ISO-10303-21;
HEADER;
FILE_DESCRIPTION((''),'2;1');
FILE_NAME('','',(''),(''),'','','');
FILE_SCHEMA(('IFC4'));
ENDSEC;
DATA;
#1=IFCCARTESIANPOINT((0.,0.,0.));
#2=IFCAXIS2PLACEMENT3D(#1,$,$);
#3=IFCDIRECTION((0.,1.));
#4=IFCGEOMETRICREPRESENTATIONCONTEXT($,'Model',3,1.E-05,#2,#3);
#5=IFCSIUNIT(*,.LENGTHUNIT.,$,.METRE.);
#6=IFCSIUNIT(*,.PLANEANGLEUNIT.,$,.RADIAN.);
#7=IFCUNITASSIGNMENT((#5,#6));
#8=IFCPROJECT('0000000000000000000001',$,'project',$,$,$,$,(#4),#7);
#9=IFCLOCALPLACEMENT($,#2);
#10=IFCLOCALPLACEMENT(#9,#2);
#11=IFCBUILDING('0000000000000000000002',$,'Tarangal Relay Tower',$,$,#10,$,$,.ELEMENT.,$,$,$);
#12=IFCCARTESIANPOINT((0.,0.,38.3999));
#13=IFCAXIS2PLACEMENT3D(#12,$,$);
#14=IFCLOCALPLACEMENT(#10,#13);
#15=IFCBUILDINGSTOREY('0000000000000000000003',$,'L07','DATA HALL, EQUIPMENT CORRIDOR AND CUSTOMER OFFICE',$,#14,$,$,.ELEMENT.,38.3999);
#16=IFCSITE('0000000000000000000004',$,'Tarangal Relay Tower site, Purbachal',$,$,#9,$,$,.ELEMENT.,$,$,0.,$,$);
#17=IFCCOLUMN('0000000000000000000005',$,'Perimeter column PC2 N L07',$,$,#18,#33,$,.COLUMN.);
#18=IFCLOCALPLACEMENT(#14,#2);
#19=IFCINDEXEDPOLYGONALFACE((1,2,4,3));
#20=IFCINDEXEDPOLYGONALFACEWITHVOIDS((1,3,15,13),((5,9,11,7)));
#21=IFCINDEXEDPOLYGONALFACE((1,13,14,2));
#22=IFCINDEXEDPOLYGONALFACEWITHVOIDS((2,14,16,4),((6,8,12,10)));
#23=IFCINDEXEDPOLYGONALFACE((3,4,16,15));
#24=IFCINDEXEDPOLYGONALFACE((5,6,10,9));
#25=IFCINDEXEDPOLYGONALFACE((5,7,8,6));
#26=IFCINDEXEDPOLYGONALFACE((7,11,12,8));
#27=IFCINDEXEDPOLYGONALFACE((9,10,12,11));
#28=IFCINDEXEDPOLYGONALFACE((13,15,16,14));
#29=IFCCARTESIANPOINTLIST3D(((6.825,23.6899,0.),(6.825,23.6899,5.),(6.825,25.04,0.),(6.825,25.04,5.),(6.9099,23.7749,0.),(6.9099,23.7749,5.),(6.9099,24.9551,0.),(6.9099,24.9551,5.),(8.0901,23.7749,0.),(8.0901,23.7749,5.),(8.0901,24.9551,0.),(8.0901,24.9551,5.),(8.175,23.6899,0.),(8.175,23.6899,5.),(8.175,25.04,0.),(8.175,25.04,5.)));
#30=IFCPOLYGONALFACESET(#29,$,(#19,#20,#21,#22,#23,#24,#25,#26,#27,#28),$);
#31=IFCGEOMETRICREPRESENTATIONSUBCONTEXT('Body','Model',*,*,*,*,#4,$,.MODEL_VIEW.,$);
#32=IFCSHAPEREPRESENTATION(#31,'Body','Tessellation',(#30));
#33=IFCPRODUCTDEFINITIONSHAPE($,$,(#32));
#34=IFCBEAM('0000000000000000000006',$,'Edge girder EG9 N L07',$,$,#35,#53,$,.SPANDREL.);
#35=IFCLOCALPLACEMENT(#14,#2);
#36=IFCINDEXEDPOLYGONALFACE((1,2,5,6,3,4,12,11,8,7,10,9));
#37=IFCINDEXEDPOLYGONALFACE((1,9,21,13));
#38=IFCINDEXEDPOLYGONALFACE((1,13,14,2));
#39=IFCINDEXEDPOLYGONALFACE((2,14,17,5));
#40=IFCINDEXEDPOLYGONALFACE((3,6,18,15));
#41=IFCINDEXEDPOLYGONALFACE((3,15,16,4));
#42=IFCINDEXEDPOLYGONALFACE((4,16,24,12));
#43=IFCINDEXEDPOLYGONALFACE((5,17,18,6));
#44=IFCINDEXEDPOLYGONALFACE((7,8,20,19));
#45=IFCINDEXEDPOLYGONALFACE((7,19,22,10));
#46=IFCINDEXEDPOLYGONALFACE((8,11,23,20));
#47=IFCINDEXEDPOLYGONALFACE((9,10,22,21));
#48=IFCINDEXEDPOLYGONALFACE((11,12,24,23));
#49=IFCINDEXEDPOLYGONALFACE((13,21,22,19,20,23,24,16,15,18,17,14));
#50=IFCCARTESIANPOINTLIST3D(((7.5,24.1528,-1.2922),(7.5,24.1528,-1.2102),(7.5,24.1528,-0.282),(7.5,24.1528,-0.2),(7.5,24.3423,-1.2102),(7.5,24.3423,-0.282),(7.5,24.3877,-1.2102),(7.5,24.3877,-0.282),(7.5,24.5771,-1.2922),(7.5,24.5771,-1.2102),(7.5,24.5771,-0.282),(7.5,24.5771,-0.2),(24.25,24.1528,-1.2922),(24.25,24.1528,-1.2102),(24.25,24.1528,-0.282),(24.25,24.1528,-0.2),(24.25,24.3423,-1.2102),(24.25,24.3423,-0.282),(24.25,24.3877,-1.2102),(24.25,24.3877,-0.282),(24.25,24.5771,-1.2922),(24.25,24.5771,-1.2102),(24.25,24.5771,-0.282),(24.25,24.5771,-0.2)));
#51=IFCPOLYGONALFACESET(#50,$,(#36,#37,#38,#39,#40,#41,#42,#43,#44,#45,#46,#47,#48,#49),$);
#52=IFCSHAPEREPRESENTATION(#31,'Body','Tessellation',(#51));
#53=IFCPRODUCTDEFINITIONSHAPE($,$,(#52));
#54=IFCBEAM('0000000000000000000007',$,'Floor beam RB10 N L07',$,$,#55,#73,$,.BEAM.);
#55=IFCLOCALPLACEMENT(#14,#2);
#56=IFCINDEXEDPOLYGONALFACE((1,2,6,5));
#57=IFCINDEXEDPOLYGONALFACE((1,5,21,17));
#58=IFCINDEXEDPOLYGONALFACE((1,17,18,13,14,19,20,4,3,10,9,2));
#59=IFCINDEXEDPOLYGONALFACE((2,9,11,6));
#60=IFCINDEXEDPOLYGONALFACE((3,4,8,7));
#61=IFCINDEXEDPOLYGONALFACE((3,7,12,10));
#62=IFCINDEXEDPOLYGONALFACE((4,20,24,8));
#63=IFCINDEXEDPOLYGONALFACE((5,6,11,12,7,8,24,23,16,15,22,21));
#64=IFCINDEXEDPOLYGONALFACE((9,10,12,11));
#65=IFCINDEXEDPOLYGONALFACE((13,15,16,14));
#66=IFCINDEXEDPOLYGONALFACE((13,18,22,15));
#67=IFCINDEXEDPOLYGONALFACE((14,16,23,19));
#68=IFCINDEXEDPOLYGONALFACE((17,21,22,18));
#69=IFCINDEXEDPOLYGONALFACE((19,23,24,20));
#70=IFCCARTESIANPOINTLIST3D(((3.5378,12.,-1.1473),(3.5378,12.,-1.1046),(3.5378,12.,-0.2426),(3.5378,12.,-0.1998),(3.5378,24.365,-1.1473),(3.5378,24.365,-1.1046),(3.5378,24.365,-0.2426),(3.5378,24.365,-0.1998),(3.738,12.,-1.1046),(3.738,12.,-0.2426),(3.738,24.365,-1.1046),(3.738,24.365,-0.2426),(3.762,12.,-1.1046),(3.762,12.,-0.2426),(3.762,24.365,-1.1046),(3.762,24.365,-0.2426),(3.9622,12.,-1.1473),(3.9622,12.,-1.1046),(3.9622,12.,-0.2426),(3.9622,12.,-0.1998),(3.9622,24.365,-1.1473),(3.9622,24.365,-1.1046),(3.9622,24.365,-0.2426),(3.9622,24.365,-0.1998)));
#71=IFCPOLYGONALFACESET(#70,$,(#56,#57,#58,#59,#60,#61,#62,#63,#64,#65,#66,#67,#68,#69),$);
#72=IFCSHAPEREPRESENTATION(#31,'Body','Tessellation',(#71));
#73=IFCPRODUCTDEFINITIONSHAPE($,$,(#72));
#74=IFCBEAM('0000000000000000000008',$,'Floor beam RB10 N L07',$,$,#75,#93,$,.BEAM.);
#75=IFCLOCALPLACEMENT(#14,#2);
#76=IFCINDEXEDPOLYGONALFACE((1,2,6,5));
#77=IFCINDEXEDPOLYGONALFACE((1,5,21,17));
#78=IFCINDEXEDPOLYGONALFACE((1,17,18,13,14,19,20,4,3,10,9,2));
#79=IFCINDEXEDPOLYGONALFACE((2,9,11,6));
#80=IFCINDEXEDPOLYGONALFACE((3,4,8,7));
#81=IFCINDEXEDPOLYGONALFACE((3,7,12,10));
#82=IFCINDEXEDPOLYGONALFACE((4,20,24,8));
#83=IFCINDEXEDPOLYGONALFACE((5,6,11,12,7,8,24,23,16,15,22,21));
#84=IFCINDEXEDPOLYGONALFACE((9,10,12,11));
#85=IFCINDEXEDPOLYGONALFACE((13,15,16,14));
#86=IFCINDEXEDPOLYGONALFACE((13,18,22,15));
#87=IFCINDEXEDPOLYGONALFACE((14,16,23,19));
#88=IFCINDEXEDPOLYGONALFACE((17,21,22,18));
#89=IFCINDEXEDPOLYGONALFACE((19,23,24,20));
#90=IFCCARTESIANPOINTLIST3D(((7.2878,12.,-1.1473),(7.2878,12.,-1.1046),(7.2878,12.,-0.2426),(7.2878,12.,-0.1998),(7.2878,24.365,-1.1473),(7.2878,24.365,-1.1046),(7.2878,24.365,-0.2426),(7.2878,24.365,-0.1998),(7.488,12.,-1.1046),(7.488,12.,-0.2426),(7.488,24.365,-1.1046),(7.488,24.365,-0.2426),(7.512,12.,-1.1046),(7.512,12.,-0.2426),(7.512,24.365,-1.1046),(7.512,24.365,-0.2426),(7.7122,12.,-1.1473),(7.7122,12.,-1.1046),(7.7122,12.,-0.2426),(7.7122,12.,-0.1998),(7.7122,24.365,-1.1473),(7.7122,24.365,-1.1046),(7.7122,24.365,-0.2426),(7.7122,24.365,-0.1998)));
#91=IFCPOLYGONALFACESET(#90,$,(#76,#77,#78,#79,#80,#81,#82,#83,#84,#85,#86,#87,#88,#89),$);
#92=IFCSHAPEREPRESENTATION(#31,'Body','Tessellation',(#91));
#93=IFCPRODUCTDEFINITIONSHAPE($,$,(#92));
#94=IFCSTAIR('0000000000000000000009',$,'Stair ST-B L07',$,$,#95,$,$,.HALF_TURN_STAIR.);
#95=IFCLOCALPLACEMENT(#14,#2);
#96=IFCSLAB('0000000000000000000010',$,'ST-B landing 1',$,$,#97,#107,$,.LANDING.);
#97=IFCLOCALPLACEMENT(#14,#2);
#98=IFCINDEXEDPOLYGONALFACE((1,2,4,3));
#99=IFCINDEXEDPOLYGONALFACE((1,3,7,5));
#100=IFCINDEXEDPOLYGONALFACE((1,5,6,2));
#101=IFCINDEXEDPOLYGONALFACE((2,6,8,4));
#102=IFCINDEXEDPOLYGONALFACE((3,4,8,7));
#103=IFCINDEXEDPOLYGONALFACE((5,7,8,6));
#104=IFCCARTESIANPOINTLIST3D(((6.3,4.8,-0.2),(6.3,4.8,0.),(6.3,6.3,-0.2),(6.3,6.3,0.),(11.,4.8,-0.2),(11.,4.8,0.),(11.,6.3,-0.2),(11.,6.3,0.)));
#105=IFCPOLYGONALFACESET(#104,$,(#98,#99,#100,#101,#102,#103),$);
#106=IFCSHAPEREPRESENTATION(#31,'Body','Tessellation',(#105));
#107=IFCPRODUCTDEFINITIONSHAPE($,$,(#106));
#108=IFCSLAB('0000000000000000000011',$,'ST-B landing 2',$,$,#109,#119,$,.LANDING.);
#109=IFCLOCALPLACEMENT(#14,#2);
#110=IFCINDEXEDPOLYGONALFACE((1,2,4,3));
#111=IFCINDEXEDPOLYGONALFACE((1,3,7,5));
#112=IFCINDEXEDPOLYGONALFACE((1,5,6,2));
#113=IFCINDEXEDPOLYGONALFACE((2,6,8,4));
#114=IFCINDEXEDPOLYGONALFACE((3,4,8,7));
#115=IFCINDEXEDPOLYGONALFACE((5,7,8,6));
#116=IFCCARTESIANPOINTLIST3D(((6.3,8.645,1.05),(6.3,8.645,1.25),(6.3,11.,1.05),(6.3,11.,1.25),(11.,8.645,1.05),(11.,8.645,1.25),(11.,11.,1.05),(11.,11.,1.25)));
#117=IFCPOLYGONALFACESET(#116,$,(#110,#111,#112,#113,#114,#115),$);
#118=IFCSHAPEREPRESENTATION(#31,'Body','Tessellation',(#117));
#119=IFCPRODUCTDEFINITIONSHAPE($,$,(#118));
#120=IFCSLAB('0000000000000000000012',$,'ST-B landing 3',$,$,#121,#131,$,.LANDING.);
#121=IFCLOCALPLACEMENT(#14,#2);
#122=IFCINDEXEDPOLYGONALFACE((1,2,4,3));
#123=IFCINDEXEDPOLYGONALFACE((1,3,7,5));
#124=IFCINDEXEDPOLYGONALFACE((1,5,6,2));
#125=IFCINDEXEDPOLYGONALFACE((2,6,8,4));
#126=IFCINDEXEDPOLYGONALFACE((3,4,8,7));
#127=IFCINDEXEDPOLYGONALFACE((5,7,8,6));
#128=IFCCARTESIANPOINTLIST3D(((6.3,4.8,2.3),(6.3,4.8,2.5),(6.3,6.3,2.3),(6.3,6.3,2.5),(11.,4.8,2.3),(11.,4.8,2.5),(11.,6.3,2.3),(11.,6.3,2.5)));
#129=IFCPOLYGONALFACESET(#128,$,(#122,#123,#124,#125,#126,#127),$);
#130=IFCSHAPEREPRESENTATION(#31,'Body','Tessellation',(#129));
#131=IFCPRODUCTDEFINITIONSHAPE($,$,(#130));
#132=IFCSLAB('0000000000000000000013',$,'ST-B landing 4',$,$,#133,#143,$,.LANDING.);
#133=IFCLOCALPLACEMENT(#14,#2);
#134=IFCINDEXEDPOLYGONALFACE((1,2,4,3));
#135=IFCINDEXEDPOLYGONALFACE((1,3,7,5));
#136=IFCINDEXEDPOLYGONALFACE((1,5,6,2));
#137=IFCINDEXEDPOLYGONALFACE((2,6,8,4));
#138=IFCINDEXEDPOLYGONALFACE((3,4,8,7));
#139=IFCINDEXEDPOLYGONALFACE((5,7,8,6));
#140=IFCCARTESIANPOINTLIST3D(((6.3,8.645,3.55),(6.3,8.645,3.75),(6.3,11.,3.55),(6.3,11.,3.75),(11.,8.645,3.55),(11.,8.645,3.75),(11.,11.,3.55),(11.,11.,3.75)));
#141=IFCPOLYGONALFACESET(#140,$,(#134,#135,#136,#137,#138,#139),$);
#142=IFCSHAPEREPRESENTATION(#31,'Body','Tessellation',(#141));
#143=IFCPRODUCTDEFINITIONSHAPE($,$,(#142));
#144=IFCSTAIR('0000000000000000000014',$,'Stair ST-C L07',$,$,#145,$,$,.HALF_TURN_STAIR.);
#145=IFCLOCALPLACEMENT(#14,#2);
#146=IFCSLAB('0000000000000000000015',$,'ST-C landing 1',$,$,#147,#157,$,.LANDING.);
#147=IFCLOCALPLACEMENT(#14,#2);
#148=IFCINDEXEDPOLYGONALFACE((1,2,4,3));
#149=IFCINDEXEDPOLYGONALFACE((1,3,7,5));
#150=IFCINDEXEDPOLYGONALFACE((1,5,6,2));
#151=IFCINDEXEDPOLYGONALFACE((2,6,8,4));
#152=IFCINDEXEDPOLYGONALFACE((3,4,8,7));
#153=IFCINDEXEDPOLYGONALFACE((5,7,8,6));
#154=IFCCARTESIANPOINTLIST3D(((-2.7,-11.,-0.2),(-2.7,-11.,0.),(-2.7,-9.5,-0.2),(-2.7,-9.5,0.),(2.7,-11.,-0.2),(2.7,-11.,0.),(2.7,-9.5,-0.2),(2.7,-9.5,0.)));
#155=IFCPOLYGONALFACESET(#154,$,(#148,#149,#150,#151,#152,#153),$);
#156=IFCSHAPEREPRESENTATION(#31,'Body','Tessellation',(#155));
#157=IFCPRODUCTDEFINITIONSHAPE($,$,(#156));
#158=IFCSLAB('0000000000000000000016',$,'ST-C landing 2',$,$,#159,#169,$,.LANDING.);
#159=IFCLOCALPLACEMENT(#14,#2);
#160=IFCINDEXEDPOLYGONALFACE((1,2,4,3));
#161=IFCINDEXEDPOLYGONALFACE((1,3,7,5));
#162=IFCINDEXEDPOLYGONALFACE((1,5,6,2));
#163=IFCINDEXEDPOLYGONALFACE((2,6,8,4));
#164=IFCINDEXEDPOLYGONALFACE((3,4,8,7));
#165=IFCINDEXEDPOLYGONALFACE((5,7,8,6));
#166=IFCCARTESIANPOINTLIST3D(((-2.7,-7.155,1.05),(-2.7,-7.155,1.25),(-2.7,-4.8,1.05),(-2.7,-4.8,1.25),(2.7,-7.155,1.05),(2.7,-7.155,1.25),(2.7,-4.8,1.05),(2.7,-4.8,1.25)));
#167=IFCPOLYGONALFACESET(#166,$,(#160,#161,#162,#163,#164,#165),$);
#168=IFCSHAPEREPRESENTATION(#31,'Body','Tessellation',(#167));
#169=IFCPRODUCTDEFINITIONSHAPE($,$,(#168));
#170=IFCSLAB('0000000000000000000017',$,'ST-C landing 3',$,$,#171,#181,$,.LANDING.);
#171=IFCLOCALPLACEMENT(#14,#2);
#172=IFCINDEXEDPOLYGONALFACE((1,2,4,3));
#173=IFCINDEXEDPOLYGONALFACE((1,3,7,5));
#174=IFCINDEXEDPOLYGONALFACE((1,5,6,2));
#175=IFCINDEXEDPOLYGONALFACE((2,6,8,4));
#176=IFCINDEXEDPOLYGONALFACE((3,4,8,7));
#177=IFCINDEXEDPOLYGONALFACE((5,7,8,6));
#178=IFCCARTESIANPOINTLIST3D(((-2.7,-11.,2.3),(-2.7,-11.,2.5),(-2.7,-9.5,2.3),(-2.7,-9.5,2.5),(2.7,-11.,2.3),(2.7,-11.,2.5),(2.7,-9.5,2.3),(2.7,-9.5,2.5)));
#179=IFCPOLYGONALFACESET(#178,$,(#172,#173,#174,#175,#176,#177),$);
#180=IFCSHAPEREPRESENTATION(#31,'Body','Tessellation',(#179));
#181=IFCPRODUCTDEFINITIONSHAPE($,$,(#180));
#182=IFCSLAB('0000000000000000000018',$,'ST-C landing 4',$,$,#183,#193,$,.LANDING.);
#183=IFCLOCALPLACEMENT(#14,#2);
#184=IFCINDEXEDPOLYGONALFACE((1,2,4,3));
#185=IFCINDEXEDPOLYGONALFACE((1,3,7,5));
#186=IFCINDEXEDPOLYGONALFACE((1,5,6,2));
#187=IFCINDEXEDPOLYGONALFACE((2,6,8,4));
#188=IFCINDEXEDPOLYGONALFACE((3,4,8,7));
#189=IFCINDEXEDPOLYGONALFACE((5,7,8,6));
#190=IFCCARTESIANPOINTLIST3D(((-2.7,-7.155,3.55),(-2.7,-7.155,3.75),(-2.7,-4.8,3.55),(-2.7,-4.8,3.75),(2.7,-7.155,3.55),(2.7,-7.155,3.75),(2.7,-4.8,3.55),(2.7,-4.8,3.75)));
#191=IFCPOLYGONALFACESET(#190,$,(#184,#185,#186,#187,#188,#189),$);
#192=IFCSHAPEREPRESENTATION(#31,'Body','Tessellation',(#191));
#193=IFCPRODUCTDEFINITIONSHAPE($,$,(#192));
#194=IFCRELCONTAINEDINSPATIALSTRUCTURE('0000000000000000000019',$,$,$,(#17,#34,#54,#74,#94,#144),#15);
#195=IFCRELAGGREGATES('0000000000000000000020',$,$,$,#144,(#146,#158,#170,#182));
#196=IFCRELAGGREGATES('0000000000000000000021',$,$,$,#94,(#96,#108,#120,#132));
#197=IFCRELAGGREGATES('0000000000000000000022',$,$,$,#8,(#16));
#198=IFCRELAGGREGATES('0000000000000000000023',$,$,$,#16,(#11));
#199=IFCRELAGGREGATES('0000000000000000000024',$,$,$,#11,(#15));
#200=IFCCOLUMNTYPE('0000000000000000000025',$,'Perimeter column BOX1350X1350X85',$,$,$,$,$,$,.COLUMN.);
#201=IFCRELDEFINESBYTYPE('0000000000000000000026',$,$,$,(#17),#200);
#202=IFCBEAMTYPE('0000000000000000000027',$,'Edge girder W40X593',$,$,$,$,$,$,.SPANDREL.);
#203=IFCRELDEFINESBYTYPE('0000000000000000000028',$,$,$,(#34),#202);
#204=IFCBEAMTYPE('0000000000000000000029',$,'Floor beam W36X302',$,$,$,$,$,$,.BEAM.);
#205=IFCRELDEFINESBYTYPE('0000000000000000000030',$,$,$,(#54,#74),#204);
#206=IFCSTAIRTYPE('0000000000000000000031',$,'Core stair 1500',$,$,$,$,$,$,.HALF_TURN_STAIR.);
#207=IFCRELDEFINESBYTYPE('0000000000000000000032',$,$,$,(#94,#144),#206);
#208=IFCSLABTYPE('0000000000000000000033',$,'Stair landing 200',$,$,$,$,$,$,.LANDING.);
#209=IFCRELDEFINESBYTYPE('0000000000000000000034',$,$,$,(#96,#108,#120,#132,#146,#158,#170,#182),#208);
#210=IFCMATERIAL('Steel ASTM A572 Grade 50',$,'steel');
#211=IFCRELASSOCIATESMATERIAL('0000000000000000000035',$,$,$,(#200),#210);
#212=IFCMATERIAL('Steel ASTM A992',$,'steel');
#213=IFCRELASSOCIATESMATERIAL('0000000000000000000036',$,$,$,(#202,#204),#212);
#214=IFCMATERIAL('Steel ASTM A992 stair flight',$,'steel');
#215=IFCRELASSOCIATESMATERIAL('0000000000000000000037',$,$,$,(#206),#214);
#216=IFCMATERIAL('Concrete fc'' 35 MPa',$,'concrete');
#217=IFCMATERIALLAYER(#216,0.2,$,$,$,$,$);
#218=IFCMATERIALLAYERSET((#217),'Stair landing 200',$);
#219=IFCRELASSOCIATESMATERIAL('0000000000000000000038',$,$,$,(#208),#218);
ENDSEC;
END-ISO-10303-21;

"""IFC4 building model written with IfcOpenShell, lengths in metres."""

from ifc_helpers import new_model, si_unit, direction, frame, origin, origin_2d, place, context, subcontext, project, spatial, polyline, hollow_rectangle, i_section, outline, extrude, material, layer, layer_set, material_profile, profile_set, type_object, element, aggregate, save


model = new_model("IFC4")

# Units and contexts
model_context = context("Model", 3, precision=1e-05, world=origin(), true_north=direction((0.0, 1.0)))
body_context = subcontext(model_context, "Body", "Model", "MODEL_VIEW")
ifc_project = project(units=[si_unit("LENGTHUNIT", "METRE"), si_unit("PLANEANGLEUNIT", "RADIAN")], contexts=[model_context])

# Site, building, storey
site_placement = place(None, origin())
site = spatial("IfcSite", under=ifc_project, at=site_placement, Name="Tarangal Relay Tower site, Purbachal", CompositionType="ELEMENT", RefElevation=0.0)
building_placement = place(site_placement, origin())
building = spatial("IfcBuilding", under=site, at=building_placement, Name="Tarangal Relay Tower", CompositionType="ELEMENT")
storey_placement = place(building_placement, frame((0.0, 0.0, 38.3999)))
storey = spatial("IfcBuildingStorey", under=building, at=storey_placement, Name="L07", Description="DATA HALL, EQUIPMENT CORRIDOR AND CUSTOMER OFFICE", CompositionType="ELEMENT", Elevation=38.3999)

# Column
ifc_material_1 = material(Name="Steel ASTM A572 Grade 50", Category="steel")
ifc_material_profile_1 = material_profile(ifc_material_1, hollow_rectangle(XDim=1.3501, YDim=1.3501, WallThickness=0.085, at=origin_2d()), Name="BOX1350X1350X85")
ifc_profile_set_1 = profile_set([ifc_material_profile_1], Name="Steel ASTM A572 Grade 50")
column_type = type_object("IfcColumnType", Name="Perimeter column BOX1350X1350X85", PredefinedType="COLUMN", material=ifc_profile_set_1)
column_placement = place(storey_placement, frame((7.5, 24.365, 0.0), z_axis=(0.0, 0.0, 1.0), x_axis=(1.0, 0.0, 0.0)))
element("IfcColumn", 1, at=column_placement, inside=storey, type_object=column_type, Name="Perimeter column PC2 N L07", PredefinedType="COLUMN", context=body_context, shape_type="SweptSolid", body=[
    extrude(hollow_rectangle(XDim=1.3501, YDim=1.3501, WallThickness=0.085, at=origin_2d()), origin(), (0.0, 0.0, 1.0), 5.0),
])

# Beams
ifc_material_2 = material(Name="Steel ASTM A992", Category="steel")
ifc_material_profile_2 = material_profile(ifc_material_2, i_section(OverallWidth=0.4243, OverallDepth=1.0923, WebThickness=0.0454, FlangeThickness=0.082, at=origin_2d()), Name="W40X593")
ifc_profile_set_2 = profile_set([ifc_material_profile_2], Name="Steel ASTM A992")
beam_type_1 = type_object("IfcBeamType", Name="Edge girder W40X593", PredefinedType="SPANDREL", material=ifc_profile_set_2)
beam_placement = place(storey_placement, frame((7.5, 24.365, -0.7461), z_axis=(1.0, 0.0, 0.0), x_axis=(0.0, 1.0, 0.0)))
element("IfcBeam", 2, at=beam_placement, inside=storey, type_object=beam_type_1, Name="Edge girder EG9 N L07", PredefinedType="SPANDREL", context=body_context, shape_type="SweptSolid", body=[
    extrude(i_section(OverallWidth=0.4243, OverallDepth=1.0923, WebThickness=0.0454, FlangeThickness=0.082, at=origin_2d()), origin(), (0.0, 0.0, 1.0), 16.75),
])
ifc_material_profile_3 = material_profile(ifc_material_2, i_section(OverallWidth=0.4243, OverallDepth=0.9475, WebThickness=0.0239, FlangeThickness=0.0427, at=origin_2d()), Name="W36X302")
ifc_profile_set_3 = profile_set([ifc_material_profile_3], Name="Steel ASTM A992")
beam_type_2 = type_object("IfcBeamType", Name="Floor beam W36X302", PredefinedType="BEAM", material=ifc_profile_set_3)
for number, where, z_axis, x_axis, name in (
    (3, (3.75, 12.0, -0.6736), (0.0, 1.0, 0.0), (-1.0, 0.0, 0.0), "Floor beam RB10 N L07"),
    (4, (7.5, 12.0, -0.6736), (0.0, 1.0, 0.0), (-1.0, 0.0, 0.0), "Floor beam RB10 N L07"),
):
    element("IfcBeam", number, at=place(storey_placement, frame(where, z_axis=z_axis, x_axis=x_axis)), inside=storey, type_object=beam_type_2, Name=name, PredefinedType="BEAM", context=body_context, shape_type="SweptSolid", body=[
        extrude(i_section(OverallWidth=0.4243, OverallDepth=0.9475, WebThickness=0.0239, FlangeThickness=0.0427, at=origin_2d()), origin(), (0.0, 0.0, 1.0), 12.365),
    ])

# Stairs, slabs
ifc_material_3 = material(Name="Steel ASTM A992 stair flight", Category="steel")
stair_type = type_object("IfcStairType", Name="Core stair 1500", PredefinedType="HALF_TURN_STAIR", material=ifc_material_3)
stair_1_placement = place(storey_placement, origin())
stair_1 = element("IfcStair", 5, at=stair_1_placement, inside=storey, type_object=stair_type, Name="Stair ST-B L07", PredefinedType="HALF_TURN_STAIR")
ifc_material_4 = material(Name="Concrete fc' 35 MPa", Category="concrete")
ifc_layer_1 = layer(ifc_material_4, 0.2)
ifc_layer_set_1 = layer_set([ifc_layer_1], Name="Stair landing 200")
slab_type = type_object("IfcSlabType", Name="Stair landing 200", PredefinedType="LANDING", material=ifc_layer_set_1)
slab_1_placement = place(storey_placement, frame((0.0, 0.0, -0.2)))
slab_1 = element("IfcSlab", 6, at=slab_1_placement, type_object=slab_type, Name="ST-B landing 1", PredefinedType="LANDING", context=body_context, shape_type="SweptSolid", body=[
    extrude(outline(polyline([(6.3, 4.8), (11.0, 4.8), (11.0, 6.3), (6.3, 6.3), (6.3, 4.8)])), origin(), (0.0, 0.0, 1.0), 0.2),
])
slab_2_placement = place(storey_placement, frame((0.0, 0.0, 1.05)))
slab_2 = element("IfcSlab", 7, at=slab_2_placement, type_object=slab_type, Name="ST-B landing 2", PredefinedType="LANDING", context=body_context, shape_type="SweptSolid", body=[
    extrude(outline(polyline([(6.3, 8.645), (11.0, 8.645), (11.0, 11.0), (6.3, 11.0), (6.3, 8.645)])), origin(), (0.0, 0.0, 1.0), 0.2),
])
slab_3_placement = place(storey_placement, frame((0.0, 0.0, 2.3)))
slab_3 = element("IfcSlab", 8, at=slab_3_placement, type_object=slab_type, Name="ST-B landing 3", PredefinedType="LANDING", context=body_context, shape_type="SweptSolid", body=[
    extrude(outline(polyline([(6.3, 4.8), (11.0, 4.8), (11.0, 6.3), (6.3, 6.3), (6.3, 4.8)])), origin(), (0.0, 0.0, 1.0), 0.2),
])
slab_4_placement = place(storey_placement, frame((0.0, 0.0, 3.55)))
slab_4 = element("IfcSlab", 9, at=slab_4_placement, type_object=slab_type, Name="ST-B landing 4", PredefinedType="LANDING", context=body_context, shape_type="SweptSolid", body=[
    extrude(outline(polyline([(6.3, 8.645), (11.0, 8.645), (11.0, 11.0), (6.3, 11.0), (6.3, 8.645)])), origin(), (0.0, 0.0, 1.0), 0.2),
])
stair_2_placement = place(storey_placement, origin())
stair_2 = element("IfcStair", 10, at=stair_2_placement, inside=storey, type_object=stair_type, Name="Stair ST-C L07", PredefinedType="HALF_TURN_STAIR")
slab_5_placement = place(storey_placement, frame((0.0, 0.0, -0.2)))
slab_5 = element("IfcSlab", 11, at=slab_5_placement, type_object=slab_type, Name="ST-C landing 1", PredefinedType="LANDING", context=body_context, shape_type="SweptSolid", body=[
    extrude(outline(polyline([(-2.7, -11.0), (2.7, -11.0), (2.7, -9.5), (-2.7, -9.5), (-2.7, -11.0)])), origin(), (0.0, 0.0, 1.0), 0.2),
])
slab_6_placement = place(storey_placement, frame((0.0, 0.0, 1.05)))
slab_6 = element("IfcSlab", 12, at=slab_6_placement, type_object=slab_type, Name="ST-C landing 2", PredefinedType="LANDING", context=body_context, shape_type="SweptSolid", body=[
    extrude(outline(polyline([(-2.7, -7.155), (2.7, -7.155), (2.7, -4.8), (-2.7, -4.8), (-2.7, -7.155)])), origin(), (0.0, 0.0, 1.0), 0.2),
])
slab_7_placement = place(storey_placement, frame((0.0, 0.0, 2.3)))
slab_7 = element("IfcSlab", 13, at=slab_7_placement, type_object=slab_type, Name="ST-C landing 3", PredefinedType="LANDING", context=body_context, shape_type="SweptSolid", body=[
    extrude(outline(polyline([(-2.7, -11.0), (2.7, -11.0), (2.7, -9.5), (-2.7, -9.5), (-2.7, -11.0)])), origin(), (0.0, 0.0, 1.0), 0.2),
])
slab_8_placement = place(storey_placement, frame((0.0, 0.0, 3.55)))
slab_8 = element("IfcSlab", 14, at=slab_8_placement, type_object=slab_type, Name="ST-C landing 4", PredefinedType="LANDING", context=body_context, shape_type="SweptSolid", body=[
    extrude(outline(polyline([(-2.7, -7.155), (2.7, -7.155), (2.7, -4.8), (-2.7, -4.8), (-2.7, -7.155)])), origin(), (0.0, 0.0, 1.0), 0.2),
])
aggregate(stair_2, [slab_5, slab_6, slab_7, slab_8])

aggregate(stair_1, [slab_1, slab_2, slab_3, slab_4])

save(model, "model.ifc")
